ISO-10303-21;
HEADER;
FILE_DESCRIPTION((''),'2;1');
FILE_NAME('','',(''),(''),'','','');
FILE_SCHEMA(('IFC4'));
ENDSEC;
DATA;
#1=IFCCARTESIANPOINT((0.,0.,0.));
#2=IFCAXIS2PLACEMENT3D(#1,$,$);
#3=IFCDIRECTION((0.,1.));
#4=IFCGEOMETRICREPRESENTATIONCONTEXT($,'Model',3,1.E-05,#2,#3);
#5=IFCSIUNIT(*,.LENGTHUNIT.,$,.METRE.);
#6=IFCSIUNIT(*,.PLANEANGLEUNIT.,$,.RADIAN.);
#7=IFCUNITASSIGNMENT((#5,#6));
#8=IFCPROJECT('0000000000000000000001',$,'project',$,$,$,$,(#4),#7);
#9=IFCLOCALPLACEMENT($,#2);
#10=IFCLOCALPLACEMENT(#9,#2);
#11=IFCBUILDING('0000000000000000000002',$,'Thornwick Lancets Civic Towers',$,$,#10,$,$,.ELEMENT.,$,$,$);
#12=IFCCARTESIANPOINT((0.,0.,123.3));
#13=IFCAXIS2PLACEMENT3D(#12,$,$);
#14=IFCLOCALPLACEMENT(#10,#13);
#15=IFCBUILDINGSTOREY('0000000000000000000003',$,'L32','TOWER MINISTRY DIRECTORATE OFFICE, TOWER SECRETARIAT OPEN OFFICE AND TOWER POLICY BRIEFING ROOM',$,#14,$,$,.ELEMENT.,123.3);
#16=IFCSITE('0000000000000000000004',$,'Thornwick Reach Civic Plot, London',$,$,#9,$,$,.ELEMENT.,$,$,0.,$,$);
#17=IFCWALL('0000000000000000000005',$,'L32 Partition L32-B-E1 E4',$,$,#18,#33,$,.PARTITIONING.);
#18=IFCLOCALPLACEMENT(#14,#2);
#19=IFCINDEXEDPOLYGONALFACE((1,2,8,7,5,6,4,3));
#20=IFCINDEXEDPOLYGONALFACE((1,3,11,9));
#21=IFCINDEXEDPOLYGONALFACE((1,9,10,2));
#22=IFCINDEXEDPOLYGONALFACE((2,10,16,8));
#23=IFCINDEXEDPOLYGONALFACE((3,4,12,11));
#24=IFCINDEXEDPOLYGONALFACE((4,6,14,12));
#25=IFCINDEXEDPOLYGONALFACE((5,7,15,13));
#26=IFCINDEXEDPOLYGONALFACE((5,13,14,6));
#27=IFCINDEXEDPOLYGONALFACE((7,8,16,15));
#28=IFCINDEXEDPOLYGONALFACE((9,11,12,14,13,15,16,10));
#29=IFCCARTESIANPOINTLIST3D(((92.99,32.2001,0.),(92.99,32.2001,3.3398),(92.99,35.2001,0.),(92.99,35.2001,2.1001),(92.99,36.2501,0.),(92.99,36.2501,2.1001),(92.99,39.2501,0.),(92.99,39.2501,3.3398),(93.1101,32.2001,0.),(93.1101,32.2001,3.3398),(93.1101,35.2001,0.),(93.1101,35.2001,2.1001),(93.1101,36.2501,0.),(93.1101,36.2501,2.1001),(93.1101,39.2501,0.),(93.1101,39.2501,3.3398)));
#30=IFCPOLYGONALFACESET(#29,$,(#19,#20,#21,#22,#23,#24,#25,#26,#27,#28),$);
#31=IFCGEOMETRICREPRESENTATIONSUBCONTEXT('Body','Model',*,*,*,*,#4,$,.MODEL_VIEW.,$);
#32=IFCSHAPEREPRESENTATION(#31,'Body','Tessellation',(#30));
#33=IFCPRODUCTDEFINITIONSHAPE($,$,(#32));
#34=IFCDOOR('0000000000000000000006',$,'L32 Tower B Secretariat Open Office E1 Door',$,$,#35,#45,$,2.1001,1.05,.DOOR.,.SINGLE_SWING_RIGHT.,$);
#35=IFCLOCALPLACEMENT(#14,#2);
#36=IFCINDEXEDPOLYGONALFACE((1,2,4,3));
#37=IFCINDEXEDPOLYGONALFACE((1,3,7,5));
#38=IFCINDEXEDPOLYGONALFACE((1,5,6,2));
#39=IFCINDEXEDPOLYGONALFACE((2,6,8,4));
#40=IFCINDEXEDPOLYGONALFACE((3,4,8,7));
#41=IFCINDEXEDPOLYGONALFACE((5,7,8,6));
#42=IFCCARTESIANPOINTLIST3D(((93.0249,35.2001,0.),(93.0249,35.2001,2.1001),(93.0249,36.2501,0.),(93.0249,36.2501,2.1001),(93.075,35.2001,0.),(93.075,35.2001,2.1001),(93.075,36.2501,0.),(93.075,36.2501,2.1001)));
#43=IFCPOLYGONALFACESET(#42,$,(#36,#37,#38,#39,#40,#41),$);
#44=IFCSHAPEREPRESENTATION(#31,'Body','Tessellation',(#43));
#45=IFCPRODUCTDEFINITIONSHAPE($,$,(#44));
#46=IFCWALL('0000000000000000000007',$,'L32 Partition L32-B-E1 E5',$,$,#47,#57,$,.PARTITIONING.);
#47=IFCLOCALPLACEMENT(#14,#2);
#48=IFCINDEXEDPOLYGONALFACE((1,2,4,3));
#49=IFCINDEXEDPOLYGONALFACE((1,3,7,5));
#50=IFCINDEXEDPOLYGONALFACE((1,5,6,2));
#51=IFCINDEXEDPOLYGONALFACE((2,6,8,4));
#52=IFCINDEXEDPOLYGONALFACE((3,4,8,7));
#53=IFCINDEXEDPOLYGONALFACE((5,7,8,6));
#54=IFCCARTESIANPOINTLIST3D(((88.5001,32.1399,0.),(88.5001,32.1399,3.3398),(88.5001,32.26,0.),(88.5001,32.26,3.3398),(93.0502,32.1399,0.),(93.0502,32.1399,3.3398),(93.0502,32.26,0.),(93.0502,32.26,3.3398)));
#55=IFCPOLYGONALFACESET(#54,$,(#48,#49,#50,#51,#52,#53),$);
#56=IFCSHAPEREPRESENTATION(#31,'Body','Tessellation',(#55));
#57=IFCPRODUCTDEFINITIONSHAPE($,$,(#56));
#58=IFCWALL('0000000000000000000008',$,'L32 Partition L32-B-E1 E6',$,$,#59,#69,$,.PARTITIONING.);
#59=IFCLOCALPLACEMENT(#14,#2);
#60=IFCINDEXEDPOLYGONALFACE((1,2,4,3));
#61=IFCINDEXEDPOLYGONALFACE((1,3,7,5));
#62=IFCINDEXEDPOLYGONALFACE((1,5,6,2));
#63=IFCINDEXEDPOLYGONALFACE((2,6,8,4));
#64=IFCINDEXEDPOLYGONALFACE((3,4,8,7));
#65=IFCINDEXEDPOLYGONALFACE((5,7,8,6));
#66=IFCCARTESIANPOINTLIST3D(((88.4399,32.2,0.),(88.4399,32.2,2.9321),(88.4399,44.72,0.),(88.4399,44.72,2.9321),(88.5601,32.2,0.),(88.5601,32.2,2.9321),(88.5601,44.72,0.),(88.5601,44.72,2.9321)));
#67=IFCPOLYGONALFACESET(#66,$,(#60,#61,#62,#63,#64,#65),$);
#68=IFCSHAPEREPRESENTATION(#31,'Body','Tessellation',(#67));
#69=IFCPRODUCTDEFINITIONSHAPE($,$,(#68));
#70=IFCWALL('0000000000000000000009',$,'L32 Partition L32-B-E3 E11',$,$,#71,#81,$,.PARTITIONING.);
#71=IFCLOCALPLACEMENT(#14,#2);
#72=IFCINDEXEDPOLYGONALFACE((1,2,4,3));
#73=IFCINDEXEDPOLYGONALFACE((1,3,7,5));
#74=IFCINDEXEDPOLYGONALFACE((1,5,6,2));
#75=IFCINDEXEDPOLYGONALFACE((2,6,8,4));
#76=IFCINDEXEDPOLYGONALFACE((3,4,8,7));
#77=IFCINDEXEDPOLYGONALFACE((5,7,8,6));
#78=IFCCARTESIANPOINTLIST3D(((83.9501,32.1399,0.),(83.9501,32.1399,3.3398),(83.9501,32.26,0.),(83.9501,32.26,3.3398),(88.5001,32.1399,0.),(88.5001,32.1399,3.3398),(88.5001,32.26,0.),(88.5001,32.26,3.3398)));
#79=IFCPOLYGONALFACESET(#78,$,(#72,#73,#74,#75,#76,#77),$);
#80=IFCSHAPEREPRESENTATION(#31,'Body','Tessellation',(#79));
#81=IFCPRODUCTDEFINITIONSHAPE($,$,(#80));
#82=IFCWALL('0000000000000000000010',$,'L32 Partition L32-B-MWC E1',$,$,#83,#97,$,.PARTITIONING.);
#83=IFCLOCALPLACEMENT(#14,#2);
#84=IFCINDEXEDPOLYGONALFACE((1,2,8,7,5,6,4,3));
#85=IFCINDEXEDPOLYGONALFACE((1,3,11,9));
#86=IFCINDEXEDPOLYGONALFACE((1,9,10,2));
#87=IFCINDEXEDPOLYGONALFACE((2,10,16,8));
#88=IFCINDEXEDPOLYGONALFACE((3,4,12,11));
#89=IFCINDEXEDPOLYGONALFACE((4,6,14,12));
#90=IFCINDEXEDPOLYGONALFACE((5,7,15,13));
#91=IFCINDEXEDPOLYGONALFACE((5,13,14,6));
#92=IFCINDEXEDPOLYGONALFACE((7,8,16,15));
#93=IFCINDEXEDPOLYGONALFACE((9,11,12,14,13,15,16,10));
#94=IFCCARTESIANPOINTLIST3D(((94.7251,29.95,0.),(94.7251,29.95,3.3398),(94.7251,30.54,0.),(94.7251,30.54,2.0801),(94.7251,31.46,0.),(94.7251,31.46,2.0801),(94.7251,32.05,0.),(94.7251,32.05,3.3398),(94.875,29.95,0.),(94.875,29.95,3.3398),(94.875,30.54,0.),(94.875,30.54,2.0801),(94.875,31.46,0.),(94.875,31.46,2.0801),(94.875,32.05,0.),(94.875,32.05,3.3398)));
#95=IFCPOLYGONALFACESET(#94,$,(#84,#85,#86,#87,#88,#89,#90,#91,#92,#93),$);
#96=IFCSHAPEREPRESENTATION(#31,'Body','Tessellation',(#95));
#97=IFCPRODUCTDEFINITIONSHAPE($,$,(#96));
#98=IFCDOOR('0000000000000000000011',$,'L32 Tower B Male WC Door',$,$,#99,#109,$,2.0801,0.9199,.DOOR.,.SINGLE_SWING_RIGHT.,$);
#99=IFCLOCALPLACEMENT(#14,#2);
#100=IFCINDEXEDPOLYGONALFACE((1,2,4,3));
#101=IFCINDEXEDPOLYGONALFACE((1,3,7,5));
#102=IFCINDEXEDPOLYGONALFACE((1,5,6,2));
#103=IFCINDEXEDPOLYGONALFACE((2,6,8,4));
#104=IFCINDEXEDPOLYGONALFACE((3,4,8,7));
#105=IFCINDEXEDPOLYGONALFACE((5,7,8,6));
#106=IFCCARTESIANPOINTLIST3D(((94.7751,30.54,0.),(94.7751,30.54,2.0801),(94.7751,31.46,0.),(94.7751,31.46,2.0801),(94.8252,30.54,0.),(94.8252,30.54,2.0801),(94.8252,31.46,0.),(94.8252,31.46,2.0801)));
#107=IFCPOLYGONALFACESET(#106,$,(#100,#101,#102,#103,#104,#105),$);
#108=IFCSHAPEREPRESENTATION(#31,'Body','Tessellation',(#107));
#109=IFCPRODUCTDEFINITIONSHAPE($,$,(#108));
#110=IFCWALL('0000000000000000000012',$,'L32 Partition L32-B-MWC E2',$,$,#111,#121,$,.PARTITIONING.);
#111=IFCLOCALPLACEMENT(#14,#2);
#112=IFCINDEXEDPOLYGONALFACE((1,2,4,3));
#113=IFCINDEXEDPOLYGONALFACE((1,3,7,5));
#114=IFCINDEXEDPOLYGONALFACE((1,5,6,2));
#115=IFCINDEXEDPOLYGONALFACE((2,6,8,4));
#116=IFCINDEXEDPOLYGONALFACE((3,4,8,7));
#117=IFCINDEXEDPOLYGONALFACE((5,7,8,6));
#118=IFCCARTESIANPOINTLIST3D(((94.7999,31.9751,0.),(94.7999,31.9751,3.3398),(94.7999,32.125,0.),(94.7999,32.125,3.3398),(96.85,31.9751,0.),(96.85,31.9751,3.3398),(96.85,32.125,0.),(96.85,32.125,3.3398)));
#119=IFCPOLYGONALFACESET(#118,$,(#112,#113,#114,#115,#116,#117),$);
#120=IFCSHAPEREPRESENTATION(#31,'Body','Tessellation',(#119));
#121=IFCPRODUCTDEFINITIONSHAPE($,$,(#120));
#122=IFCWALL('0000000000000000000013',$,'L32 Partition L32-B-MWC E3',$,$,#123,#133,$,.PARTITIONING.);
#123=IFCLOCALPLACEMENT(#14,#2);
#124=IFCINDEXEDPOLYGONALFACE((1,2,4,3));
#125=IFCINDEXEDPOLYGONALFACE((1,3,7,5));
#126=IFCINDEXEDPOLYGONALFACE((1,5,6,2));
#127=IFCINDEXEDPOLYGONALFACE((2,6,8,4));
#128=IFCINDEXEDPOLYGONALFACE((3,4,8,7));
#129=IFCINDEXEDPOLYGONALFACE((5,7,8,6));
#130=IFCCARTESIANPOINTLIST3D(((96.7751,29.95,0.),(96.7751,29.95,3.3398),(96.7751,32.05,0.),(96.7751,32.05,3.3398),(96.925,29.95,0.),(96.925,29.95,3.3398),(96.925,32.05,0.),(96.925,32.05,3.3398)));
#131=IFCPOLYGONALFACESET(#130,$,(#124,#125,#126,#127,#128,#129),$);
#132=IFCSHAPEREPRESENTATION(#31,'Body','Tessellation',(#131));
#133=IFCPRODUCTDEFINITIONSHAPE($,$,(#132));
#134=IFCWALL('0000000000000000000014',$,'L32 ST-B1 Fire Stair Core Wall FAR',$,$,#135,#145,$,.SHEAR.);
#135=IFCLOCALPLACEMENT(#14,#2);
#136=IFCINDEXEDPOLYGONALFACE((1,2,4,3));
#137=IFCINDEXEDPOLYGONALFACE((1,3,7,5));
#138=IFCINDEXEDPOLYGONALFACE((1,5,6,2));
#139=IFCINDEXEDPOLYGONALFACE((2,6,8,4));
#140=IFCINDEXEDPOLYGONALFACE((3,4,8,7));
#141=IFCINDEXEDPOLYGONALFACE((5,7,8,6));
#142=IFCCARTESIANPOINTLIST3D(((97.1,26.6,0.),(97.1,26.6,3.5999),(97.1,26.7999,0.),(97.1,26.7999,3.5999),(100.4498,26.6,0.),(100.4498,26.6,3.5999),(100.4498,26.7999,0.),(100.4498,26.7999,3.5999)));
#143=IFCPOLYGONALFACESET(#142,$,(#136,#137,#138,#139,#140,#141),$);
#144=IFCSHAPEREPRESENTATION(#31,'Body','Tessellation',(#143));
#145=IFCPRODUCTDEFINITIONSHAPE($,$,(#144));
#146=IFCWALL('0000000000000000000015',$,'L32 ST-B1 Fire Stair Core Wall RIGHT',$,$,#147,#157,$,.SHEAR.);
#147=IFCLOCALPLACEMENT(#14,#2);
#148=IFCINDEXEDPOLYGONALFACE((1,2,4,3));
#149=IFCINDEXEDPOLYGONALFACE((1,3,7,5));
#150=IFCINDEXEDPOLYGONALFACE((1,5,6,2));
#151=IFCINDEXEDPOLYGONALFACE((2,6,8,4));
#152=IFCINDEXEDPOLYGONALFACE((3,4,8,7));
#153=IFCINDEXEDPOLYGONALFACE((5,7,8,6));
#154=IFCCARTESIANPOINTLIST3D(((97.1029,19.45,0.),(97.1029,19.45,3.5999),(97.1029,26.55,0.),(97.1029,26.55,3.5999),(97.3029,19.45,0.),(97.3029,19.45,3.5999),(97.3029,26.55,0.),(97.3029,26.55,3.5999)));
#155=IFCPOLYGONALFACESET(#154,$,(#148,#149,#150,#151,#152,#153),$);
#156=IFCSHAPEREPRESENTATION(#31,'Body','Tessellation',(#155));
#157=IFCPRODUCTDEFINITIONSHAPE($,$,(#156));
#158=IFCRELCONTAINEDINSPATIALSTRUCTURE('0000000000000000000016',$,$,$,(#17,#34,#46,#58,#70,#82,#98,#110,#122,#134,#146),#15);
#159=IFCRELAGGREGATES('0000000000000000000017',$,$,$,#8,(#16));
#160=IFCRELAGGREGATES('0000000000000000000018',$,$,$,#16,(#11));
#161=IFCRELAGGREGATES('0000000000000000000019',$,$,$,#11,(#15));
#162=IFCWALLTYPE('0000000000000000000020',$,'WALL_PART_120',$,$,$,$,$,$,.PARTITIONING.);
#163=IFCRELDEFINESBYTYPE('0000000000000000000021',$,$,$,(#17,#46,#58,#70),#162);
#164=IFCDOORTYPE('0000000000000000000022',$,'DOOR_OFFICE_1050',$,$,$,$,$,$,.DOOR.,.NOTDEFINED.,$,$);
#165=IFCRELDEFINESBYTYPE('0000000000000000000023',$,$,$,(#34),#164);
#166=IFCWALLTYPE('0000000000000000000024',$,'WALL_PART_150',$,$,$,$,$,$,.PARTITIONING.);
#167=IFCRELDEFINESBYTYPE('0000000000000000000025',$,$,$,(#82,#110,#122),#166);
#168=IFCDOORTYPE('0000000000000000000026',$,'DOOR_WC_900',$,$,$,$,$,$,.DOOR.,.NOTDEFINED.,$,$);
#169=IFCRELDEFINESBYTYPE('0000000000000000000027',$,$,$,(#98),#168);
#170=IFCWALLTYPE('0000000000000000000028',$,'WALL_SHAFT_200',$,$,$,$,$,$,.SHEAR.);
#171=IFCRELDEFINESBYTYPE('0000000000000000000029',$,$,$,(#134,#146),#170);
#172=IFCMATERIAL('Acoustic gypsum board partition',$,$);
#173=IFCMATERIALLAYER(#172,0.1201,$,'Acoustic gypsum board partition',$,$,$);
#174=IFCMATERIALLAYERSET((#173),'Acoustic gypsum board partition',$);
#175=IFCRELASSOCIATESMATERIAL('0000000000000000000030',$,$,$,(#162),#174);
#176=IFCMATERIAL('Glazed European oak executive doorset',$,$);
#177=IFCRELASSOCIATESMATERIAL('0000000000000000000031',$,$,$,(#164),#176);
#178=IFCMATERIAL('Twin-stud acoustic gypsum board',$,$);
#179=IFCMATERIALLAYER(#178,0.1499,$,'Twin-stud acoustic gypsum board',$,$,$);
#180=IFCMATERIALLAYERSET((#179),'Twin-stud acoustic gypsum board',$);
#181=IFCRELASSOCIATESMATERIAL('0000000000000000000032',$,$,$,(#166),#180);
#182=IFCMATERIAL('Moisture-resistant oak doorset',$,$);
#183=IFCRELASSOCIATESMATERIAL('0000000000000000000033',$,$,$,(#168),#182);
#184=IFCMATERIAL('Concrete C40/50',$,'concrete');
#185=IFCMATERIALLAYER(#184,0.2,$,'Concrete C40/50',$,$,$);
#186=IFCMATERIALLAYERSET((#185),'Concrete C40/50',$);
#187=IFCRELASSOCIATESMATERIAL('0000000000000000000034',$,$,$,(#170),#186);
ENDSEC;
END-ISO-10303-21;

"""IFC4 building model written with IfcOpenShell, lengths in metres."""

from ifc_helpers import new_model, si_unit, direction, frame, frame_2d, origin, place, context, subcontext, project, spatial, rectangle, extrude, material, layer, layer_set, type_object, element, fill, save


model = new_model("IFC4")

# Units and contexts
model_context = context("Model", 3, precision=1e-05, world=origin(), true_north=direction((0.0, 1.0)))
body_context = subcontext(model_context, "Body", "Model", "MODEL_VIEW")
ifc_project = project(units=[si_unit("LENGTHUNIT", "METRE"), si_unit("PLANEANGLEUNIT", "RADIAN")], contexts=[model_context])

# Site, building, storey
site_placement = place(None, origin())
site = spatial("IfcSite", under=ifc_project, at=site_placement, Name="Thornwick Reach Civic Plot, London", CompositionType="ELEMENT", RefElevation=0.0)
building_placement = place(site_placement, origin())
building = spatial("IfcBuilding", under=site, at=building_placement, Name="Thornwick Lancets Civic Towers", CompositionType="ELEMENT")
storey_placement = place(building_placement, frame((0.0, 0.0, 123.3)))
storey = spatial("IfcBuildingStorey", under=building, at=storey_placement, Name="L32", Description="TOWER MINISTRY DIRECTORATE OFFICE, TOWER SECRETARIAT OPEN OFFICE AND TOWER POLICY BRIEFING ROOM", CompositionType="ELEMENT", Elevation=123.3)

# Shared definitions
ifc_material_1 = material(Name="Acoustic gypsum board partition")
ifc_layer_1 = layer(ifc_material_1, 0.1201, Name="Acoustic gypsum board partition")
ifc_layer_set_1 = layer_set([ifc_layer_1], Name="Acoustic gypsum board partition")
wall_type_1 = type_object("IfcWallType", Name="WALL_PART_120", PredefinedType="PARTITIONING", material=ifc_layer_set_1)

# Wall, opening, door
wall_1_placement = place(storey_placement, frame((93.05, 39.25, 0.0), z_axis=(0.0, 0.0, 1.0), x_axis=(0.0, -1.0, 0.0)))
wall_1 = element("IfcWall", 1, at=wall_1_placement, inside=storey, type_object=wall_type_1, Name="L32 Partition L32-B-E1 E4", PredefinedType="PARTITIONING", context=body_context, shape_type="SweptSolid", body=[
    extrude(rectangle(XDim=7.05, YDim=0.1201, at=frame_2d((3.5249, 0.0))), origin(), (0.0, 0.0, 1.0), 3.3398),
])
opening_1_placement = place(wall_1_placement, frame((3.0, 0.0, 0.0)))
opening_1 = element("IfcOpeningElement", 2, at=opening_1_placement, cuts=wall_1, PredefinedType="OPENING", context=body_context, shape_type="SweptSolid", body=[
    extrude(rectangle(XDim=1.05, YDim=2.1001, at=frame_2d((0.5249, 1.05))), frame((0.0, 0.0701, 0.0), z_axis=(0.0, -1.0, 0.0), x_axis=(1.0, 0.0, 0.0)), (0.0, 0.0, 1.0), 0.1401),
])
ifc_material_2 = material(Name="Glazed European oak executive doorset")
door_type_1 = type_object("IfcDoorType", Name="DOOR_OFFICE_1050", OperationType="NOTDEFINED", PredefinedType="DOOR", material=ifc_material_2)
door_1_placement = place(opening_1_placement, origin())
door_1 = element("IfcDoor", 3, at=door_1_placement, inside=storey, type_object=door_type_1, Name="L32 Tower B Secretariat Open Office E1 Door", OperationType="SINGLE_SWING_RIGHT", OverallHeight=2.1001, OverallWidth=1.05, PredefinedType="DOOR", context=body_context, shape_type="SweptSolid", body=[
    extrude(rectangle(XDim=1.05, YDim=2.1001, at=frame_2d((0.5249, 1.05))), frame((0.0, 0.0249, 0.0), z_axis=(0.0, -1.0, 0.0), x_axis=(1.0, 0.0, 0.0)), (0.0, 0.0, 1.0), 0.05),
])
fill(opening_1, door_1)

# Walls
wall_2_placement = place(storey_placement, frame((93.05, 32.2, 0.0), z_axis=(0.0, 0.0, 1.0), x_axis=(-1.0, 0.0, 0.0)))
element("IfcWall", 4, at=wall_2_placement, inside=storey, type_object=wall_type_1, Name="L32 Partition L32-B-E1 E5", PredefinedType="PARTITIONING", context=body_context, shape_type="SweptSolid", body=[
    extrude(rectangle(XDim=4.55, YDim=0.1201, at=frame_2d((2.2749, 0.0))), origin(), (0.0, 0.0, 1.0), 3.3398),
])
wall_3_placement = place(storey_placement, frame((88.5, 32.2, 0.0), z_axis=(0.0, 0.0, 1.0), x_axis=(0.0, 1.0, 0.0)))
element("IfcWall", 5, at=wall_3_placement, inside=storey, type_object=wall_type_1, Name="L32 Partition L32-B-E1 E6", PredefinedType="PARTITIONING", context=body_context, shape_type="SweptSolid", body=[
    extrude(rectangle(XDim=12.52, YDim=0.1201, at=frame_2d((6.26, 0.0))), origin(), (0.0, 0.0, 1.0), 2.9321),
])
wall_4_placement = place(storey_placement, frame((88.5, 32.2, 0.0), z_axis=(0.0, 0.0, 1.0), x_axis=(-1.0, 0.0, 0.0)))
element("IfcWall", 6, at=wall_4_placement, inside=storey, type_object=wall_type_1, Name="L32 Partition L32-B-E3 E11", PredefinedType="PARTITIONING", context=body_context, shape_type="SweptSolid", body=[
    extrude(rectangle(XDim=4.55, YDim=0.1201, at=frame_2d((2.2749, 0.0))), origin(), (0.0, 0.0, 1.0), 3.3398),
])

# Wall, opening, door
ifc_material_3 = material(Name="Twin-stud acoustic gypsum board")
ifc_layer_2 = layer(ifc_material_3, 0.1499, Name="Twin-stud acoustic gypsum board")
ifc_layer_set_2 = layer_set([ifc_layer_2], Name="Twin-stud acoustic gypsum board")
wall_type_2 = type_object("IfcWallType", Name="WALL_PART_150", PredefinedType="PARTITIONING", material=ifc_layer_set_2)
wall_5_placement = place(storey_placement, frame((94.8, 29.95, 0.0), z_axis=(0.0, 0.0, 1.0), x_axis=(0.0, 1.0, 0.0)))
wall_5 = element("IfcWall", 7, at=wall_5_placement, inside=storey, type_object=wall_type_2, Name="L32 Partition L32-B-MWC E1", PredefinedType="PARTITIONING", context=body_context, shape_type="SweptSolid", body=[
    extrude(rectangle(XDim=2.1001, YDim=0.1499, at=frame_2d((1.05, 0.0))), origin(), (0.0, 0.0, 1.0), 3.3398),
])
opening_2_placement = place(wall_5_placement, frame((0.5901, 0.0, 0.0)))
opening_2 = element("IfcOpeningElement", 8, at=opening_2_placement, cuts=wall_5, PredefinedType="OPENING", context=body_context, shape_type="SweptSolid", body=[
    extrude(rectangle(XDim=0.9199, YDim=2.0801, at=frame_2d((0.46, 1.04))), frame((0.0, 0.085, 0.0), z_axis=(0.0, -1.0, 0.0), x_axis=(1.0, 0.0, 0.0)), (0.0, 0.0, 1.0), 0.1699),
])
ifc_material_4 = material(Name="Moisture-resistant oak doorset")
door_type_2 = type_object("IfcDoorType", Name="DOOR_WC_900", OperationType="NOTDEFINED", PredefinedType="DOOR", material=ifc_material_4)
door_2_placement = place(opening_2_placement, origin())
door_2 = element("IfcDoor", 9, at=door_2_placement, inside=storey, type_object=door_type_2, Name="L32 Tower B Male WC Door", OperationType="SINGLE_SWING_RIGHT", OverallHeight=2.0801, OverallWidth=0.9199, PredefinedType="DOOR", context=body_context, shape_type="SweptSolid", body=[
    extrude(rectangle(XDim=0.9199, YDim=2.0801, at=frame_2d((0.46, 1.04))), frame((0.0, 0.0249, 0.0), z_axis=(0.0, -1.0, 0.0), x_axis=(1.0, 0.0, 0.0)), (0.0, 0.0, 1.0), 0.05),
])
fill(opening_2, door_2)

# Walls
wall_6_placement = place(storey_placement, frame((94.8, 32.05, 0.0), z_axis=(0.0, 0.0, 1.0), x_axis=(1.0, 0.0, 0.0)))
element("IfcWall", 10, at=wall_6_placement, inside=storey, type_object=wall_type_2, Name="L32 Partition L32-B-MWC E2", PredefinedType="PARTITIONING", context=body_context, shape_type="SweptSolid", body=[
    extrude(rectangle(XDim=2.05, YDim=0.1499, at=frame_2d((1.0249, 0.0))), origin(), (0.0, 0.0, 1.0), 3.3398),
])
wall_7_placement = place(storey_placement, frame((96.8501, 32.05, 0.0), z_axis=(0.0, 0.0, 1.0), x_axis=(0.0, -1.0, 0.0)))
element("IfcWall", 11, at=wall_7_placement, inside=storey, type_object=wall_type_2, Name="L32 Partition L32-B-MWC E3", PredefinedType="PARTITIONING", context=body_context, shape_type="SweptSolid", body=[
    extrude(rectangle(XDim=2.1001, YDim=0.1499, at=frame_2d((1.05, 0.0))), origin(), (0.0, 0.0, 1.0), 3.3398),
])
ifc_material_5 = material(Name="Concrete C40/50", Category="concrete")
ifc_layer_3 = layer(ifc_material_5, 0.2, Name="Concrete C40/50")
ifc_layer_set_3 = layer_set([ifc_layer_3], Name="Concrete C40/50")
wall_type_3 = type_object("IfcWallType", Name="WALL_SHAFT_200", PredefinedType="SHEAR", material=ifc_layer_set_3)
wall_8_placement = place(storey_placement, frame((97.1001, 26.7, 0.0), z_axis=(0.0, 0.0, 1.0), x_axis=(1.0, 0.0, 0.0)))
element("IfcWall", 12, at=wall_8_placement, inside=storey, type_object=wall_type_3, Name="L32 ST-B1 Fire Stair Core Wall FAR", PredefinedType="SHEAR", context=body_context, shape_type="SweptSolid", body=[
    extrude(rectangle(XDim=3.3499, YDim=0.2, at=frame_2d((1.6748, 0.0))), origin(), (0.0, 0.0, 1.0), 3.5999),
])
wall_9_placement = place(storey_placement, frame((97.2029, 26.55, 0.0), z_axis=(0.0, 0.0, 1.0), x_axis=(0.0, -1.0, 0.0)))
element("IfcWall", 13, at=wall_9_placement, inside=storey, type_object=wall_type_3, Name="L32 ST-B1 Fire Stair Core Wall RIGHT", PredefinedType="SHEAR", context=body_context, shape_type="SweptSolid", body=[
    extrude(rectangle(XDim=7.1001, YDim=0.2, at=frame_2d((3.55, 0.0))), origin(), (0.0, 0.0, 1.0), 3.5999),
])

save(model, "model.ifc")
